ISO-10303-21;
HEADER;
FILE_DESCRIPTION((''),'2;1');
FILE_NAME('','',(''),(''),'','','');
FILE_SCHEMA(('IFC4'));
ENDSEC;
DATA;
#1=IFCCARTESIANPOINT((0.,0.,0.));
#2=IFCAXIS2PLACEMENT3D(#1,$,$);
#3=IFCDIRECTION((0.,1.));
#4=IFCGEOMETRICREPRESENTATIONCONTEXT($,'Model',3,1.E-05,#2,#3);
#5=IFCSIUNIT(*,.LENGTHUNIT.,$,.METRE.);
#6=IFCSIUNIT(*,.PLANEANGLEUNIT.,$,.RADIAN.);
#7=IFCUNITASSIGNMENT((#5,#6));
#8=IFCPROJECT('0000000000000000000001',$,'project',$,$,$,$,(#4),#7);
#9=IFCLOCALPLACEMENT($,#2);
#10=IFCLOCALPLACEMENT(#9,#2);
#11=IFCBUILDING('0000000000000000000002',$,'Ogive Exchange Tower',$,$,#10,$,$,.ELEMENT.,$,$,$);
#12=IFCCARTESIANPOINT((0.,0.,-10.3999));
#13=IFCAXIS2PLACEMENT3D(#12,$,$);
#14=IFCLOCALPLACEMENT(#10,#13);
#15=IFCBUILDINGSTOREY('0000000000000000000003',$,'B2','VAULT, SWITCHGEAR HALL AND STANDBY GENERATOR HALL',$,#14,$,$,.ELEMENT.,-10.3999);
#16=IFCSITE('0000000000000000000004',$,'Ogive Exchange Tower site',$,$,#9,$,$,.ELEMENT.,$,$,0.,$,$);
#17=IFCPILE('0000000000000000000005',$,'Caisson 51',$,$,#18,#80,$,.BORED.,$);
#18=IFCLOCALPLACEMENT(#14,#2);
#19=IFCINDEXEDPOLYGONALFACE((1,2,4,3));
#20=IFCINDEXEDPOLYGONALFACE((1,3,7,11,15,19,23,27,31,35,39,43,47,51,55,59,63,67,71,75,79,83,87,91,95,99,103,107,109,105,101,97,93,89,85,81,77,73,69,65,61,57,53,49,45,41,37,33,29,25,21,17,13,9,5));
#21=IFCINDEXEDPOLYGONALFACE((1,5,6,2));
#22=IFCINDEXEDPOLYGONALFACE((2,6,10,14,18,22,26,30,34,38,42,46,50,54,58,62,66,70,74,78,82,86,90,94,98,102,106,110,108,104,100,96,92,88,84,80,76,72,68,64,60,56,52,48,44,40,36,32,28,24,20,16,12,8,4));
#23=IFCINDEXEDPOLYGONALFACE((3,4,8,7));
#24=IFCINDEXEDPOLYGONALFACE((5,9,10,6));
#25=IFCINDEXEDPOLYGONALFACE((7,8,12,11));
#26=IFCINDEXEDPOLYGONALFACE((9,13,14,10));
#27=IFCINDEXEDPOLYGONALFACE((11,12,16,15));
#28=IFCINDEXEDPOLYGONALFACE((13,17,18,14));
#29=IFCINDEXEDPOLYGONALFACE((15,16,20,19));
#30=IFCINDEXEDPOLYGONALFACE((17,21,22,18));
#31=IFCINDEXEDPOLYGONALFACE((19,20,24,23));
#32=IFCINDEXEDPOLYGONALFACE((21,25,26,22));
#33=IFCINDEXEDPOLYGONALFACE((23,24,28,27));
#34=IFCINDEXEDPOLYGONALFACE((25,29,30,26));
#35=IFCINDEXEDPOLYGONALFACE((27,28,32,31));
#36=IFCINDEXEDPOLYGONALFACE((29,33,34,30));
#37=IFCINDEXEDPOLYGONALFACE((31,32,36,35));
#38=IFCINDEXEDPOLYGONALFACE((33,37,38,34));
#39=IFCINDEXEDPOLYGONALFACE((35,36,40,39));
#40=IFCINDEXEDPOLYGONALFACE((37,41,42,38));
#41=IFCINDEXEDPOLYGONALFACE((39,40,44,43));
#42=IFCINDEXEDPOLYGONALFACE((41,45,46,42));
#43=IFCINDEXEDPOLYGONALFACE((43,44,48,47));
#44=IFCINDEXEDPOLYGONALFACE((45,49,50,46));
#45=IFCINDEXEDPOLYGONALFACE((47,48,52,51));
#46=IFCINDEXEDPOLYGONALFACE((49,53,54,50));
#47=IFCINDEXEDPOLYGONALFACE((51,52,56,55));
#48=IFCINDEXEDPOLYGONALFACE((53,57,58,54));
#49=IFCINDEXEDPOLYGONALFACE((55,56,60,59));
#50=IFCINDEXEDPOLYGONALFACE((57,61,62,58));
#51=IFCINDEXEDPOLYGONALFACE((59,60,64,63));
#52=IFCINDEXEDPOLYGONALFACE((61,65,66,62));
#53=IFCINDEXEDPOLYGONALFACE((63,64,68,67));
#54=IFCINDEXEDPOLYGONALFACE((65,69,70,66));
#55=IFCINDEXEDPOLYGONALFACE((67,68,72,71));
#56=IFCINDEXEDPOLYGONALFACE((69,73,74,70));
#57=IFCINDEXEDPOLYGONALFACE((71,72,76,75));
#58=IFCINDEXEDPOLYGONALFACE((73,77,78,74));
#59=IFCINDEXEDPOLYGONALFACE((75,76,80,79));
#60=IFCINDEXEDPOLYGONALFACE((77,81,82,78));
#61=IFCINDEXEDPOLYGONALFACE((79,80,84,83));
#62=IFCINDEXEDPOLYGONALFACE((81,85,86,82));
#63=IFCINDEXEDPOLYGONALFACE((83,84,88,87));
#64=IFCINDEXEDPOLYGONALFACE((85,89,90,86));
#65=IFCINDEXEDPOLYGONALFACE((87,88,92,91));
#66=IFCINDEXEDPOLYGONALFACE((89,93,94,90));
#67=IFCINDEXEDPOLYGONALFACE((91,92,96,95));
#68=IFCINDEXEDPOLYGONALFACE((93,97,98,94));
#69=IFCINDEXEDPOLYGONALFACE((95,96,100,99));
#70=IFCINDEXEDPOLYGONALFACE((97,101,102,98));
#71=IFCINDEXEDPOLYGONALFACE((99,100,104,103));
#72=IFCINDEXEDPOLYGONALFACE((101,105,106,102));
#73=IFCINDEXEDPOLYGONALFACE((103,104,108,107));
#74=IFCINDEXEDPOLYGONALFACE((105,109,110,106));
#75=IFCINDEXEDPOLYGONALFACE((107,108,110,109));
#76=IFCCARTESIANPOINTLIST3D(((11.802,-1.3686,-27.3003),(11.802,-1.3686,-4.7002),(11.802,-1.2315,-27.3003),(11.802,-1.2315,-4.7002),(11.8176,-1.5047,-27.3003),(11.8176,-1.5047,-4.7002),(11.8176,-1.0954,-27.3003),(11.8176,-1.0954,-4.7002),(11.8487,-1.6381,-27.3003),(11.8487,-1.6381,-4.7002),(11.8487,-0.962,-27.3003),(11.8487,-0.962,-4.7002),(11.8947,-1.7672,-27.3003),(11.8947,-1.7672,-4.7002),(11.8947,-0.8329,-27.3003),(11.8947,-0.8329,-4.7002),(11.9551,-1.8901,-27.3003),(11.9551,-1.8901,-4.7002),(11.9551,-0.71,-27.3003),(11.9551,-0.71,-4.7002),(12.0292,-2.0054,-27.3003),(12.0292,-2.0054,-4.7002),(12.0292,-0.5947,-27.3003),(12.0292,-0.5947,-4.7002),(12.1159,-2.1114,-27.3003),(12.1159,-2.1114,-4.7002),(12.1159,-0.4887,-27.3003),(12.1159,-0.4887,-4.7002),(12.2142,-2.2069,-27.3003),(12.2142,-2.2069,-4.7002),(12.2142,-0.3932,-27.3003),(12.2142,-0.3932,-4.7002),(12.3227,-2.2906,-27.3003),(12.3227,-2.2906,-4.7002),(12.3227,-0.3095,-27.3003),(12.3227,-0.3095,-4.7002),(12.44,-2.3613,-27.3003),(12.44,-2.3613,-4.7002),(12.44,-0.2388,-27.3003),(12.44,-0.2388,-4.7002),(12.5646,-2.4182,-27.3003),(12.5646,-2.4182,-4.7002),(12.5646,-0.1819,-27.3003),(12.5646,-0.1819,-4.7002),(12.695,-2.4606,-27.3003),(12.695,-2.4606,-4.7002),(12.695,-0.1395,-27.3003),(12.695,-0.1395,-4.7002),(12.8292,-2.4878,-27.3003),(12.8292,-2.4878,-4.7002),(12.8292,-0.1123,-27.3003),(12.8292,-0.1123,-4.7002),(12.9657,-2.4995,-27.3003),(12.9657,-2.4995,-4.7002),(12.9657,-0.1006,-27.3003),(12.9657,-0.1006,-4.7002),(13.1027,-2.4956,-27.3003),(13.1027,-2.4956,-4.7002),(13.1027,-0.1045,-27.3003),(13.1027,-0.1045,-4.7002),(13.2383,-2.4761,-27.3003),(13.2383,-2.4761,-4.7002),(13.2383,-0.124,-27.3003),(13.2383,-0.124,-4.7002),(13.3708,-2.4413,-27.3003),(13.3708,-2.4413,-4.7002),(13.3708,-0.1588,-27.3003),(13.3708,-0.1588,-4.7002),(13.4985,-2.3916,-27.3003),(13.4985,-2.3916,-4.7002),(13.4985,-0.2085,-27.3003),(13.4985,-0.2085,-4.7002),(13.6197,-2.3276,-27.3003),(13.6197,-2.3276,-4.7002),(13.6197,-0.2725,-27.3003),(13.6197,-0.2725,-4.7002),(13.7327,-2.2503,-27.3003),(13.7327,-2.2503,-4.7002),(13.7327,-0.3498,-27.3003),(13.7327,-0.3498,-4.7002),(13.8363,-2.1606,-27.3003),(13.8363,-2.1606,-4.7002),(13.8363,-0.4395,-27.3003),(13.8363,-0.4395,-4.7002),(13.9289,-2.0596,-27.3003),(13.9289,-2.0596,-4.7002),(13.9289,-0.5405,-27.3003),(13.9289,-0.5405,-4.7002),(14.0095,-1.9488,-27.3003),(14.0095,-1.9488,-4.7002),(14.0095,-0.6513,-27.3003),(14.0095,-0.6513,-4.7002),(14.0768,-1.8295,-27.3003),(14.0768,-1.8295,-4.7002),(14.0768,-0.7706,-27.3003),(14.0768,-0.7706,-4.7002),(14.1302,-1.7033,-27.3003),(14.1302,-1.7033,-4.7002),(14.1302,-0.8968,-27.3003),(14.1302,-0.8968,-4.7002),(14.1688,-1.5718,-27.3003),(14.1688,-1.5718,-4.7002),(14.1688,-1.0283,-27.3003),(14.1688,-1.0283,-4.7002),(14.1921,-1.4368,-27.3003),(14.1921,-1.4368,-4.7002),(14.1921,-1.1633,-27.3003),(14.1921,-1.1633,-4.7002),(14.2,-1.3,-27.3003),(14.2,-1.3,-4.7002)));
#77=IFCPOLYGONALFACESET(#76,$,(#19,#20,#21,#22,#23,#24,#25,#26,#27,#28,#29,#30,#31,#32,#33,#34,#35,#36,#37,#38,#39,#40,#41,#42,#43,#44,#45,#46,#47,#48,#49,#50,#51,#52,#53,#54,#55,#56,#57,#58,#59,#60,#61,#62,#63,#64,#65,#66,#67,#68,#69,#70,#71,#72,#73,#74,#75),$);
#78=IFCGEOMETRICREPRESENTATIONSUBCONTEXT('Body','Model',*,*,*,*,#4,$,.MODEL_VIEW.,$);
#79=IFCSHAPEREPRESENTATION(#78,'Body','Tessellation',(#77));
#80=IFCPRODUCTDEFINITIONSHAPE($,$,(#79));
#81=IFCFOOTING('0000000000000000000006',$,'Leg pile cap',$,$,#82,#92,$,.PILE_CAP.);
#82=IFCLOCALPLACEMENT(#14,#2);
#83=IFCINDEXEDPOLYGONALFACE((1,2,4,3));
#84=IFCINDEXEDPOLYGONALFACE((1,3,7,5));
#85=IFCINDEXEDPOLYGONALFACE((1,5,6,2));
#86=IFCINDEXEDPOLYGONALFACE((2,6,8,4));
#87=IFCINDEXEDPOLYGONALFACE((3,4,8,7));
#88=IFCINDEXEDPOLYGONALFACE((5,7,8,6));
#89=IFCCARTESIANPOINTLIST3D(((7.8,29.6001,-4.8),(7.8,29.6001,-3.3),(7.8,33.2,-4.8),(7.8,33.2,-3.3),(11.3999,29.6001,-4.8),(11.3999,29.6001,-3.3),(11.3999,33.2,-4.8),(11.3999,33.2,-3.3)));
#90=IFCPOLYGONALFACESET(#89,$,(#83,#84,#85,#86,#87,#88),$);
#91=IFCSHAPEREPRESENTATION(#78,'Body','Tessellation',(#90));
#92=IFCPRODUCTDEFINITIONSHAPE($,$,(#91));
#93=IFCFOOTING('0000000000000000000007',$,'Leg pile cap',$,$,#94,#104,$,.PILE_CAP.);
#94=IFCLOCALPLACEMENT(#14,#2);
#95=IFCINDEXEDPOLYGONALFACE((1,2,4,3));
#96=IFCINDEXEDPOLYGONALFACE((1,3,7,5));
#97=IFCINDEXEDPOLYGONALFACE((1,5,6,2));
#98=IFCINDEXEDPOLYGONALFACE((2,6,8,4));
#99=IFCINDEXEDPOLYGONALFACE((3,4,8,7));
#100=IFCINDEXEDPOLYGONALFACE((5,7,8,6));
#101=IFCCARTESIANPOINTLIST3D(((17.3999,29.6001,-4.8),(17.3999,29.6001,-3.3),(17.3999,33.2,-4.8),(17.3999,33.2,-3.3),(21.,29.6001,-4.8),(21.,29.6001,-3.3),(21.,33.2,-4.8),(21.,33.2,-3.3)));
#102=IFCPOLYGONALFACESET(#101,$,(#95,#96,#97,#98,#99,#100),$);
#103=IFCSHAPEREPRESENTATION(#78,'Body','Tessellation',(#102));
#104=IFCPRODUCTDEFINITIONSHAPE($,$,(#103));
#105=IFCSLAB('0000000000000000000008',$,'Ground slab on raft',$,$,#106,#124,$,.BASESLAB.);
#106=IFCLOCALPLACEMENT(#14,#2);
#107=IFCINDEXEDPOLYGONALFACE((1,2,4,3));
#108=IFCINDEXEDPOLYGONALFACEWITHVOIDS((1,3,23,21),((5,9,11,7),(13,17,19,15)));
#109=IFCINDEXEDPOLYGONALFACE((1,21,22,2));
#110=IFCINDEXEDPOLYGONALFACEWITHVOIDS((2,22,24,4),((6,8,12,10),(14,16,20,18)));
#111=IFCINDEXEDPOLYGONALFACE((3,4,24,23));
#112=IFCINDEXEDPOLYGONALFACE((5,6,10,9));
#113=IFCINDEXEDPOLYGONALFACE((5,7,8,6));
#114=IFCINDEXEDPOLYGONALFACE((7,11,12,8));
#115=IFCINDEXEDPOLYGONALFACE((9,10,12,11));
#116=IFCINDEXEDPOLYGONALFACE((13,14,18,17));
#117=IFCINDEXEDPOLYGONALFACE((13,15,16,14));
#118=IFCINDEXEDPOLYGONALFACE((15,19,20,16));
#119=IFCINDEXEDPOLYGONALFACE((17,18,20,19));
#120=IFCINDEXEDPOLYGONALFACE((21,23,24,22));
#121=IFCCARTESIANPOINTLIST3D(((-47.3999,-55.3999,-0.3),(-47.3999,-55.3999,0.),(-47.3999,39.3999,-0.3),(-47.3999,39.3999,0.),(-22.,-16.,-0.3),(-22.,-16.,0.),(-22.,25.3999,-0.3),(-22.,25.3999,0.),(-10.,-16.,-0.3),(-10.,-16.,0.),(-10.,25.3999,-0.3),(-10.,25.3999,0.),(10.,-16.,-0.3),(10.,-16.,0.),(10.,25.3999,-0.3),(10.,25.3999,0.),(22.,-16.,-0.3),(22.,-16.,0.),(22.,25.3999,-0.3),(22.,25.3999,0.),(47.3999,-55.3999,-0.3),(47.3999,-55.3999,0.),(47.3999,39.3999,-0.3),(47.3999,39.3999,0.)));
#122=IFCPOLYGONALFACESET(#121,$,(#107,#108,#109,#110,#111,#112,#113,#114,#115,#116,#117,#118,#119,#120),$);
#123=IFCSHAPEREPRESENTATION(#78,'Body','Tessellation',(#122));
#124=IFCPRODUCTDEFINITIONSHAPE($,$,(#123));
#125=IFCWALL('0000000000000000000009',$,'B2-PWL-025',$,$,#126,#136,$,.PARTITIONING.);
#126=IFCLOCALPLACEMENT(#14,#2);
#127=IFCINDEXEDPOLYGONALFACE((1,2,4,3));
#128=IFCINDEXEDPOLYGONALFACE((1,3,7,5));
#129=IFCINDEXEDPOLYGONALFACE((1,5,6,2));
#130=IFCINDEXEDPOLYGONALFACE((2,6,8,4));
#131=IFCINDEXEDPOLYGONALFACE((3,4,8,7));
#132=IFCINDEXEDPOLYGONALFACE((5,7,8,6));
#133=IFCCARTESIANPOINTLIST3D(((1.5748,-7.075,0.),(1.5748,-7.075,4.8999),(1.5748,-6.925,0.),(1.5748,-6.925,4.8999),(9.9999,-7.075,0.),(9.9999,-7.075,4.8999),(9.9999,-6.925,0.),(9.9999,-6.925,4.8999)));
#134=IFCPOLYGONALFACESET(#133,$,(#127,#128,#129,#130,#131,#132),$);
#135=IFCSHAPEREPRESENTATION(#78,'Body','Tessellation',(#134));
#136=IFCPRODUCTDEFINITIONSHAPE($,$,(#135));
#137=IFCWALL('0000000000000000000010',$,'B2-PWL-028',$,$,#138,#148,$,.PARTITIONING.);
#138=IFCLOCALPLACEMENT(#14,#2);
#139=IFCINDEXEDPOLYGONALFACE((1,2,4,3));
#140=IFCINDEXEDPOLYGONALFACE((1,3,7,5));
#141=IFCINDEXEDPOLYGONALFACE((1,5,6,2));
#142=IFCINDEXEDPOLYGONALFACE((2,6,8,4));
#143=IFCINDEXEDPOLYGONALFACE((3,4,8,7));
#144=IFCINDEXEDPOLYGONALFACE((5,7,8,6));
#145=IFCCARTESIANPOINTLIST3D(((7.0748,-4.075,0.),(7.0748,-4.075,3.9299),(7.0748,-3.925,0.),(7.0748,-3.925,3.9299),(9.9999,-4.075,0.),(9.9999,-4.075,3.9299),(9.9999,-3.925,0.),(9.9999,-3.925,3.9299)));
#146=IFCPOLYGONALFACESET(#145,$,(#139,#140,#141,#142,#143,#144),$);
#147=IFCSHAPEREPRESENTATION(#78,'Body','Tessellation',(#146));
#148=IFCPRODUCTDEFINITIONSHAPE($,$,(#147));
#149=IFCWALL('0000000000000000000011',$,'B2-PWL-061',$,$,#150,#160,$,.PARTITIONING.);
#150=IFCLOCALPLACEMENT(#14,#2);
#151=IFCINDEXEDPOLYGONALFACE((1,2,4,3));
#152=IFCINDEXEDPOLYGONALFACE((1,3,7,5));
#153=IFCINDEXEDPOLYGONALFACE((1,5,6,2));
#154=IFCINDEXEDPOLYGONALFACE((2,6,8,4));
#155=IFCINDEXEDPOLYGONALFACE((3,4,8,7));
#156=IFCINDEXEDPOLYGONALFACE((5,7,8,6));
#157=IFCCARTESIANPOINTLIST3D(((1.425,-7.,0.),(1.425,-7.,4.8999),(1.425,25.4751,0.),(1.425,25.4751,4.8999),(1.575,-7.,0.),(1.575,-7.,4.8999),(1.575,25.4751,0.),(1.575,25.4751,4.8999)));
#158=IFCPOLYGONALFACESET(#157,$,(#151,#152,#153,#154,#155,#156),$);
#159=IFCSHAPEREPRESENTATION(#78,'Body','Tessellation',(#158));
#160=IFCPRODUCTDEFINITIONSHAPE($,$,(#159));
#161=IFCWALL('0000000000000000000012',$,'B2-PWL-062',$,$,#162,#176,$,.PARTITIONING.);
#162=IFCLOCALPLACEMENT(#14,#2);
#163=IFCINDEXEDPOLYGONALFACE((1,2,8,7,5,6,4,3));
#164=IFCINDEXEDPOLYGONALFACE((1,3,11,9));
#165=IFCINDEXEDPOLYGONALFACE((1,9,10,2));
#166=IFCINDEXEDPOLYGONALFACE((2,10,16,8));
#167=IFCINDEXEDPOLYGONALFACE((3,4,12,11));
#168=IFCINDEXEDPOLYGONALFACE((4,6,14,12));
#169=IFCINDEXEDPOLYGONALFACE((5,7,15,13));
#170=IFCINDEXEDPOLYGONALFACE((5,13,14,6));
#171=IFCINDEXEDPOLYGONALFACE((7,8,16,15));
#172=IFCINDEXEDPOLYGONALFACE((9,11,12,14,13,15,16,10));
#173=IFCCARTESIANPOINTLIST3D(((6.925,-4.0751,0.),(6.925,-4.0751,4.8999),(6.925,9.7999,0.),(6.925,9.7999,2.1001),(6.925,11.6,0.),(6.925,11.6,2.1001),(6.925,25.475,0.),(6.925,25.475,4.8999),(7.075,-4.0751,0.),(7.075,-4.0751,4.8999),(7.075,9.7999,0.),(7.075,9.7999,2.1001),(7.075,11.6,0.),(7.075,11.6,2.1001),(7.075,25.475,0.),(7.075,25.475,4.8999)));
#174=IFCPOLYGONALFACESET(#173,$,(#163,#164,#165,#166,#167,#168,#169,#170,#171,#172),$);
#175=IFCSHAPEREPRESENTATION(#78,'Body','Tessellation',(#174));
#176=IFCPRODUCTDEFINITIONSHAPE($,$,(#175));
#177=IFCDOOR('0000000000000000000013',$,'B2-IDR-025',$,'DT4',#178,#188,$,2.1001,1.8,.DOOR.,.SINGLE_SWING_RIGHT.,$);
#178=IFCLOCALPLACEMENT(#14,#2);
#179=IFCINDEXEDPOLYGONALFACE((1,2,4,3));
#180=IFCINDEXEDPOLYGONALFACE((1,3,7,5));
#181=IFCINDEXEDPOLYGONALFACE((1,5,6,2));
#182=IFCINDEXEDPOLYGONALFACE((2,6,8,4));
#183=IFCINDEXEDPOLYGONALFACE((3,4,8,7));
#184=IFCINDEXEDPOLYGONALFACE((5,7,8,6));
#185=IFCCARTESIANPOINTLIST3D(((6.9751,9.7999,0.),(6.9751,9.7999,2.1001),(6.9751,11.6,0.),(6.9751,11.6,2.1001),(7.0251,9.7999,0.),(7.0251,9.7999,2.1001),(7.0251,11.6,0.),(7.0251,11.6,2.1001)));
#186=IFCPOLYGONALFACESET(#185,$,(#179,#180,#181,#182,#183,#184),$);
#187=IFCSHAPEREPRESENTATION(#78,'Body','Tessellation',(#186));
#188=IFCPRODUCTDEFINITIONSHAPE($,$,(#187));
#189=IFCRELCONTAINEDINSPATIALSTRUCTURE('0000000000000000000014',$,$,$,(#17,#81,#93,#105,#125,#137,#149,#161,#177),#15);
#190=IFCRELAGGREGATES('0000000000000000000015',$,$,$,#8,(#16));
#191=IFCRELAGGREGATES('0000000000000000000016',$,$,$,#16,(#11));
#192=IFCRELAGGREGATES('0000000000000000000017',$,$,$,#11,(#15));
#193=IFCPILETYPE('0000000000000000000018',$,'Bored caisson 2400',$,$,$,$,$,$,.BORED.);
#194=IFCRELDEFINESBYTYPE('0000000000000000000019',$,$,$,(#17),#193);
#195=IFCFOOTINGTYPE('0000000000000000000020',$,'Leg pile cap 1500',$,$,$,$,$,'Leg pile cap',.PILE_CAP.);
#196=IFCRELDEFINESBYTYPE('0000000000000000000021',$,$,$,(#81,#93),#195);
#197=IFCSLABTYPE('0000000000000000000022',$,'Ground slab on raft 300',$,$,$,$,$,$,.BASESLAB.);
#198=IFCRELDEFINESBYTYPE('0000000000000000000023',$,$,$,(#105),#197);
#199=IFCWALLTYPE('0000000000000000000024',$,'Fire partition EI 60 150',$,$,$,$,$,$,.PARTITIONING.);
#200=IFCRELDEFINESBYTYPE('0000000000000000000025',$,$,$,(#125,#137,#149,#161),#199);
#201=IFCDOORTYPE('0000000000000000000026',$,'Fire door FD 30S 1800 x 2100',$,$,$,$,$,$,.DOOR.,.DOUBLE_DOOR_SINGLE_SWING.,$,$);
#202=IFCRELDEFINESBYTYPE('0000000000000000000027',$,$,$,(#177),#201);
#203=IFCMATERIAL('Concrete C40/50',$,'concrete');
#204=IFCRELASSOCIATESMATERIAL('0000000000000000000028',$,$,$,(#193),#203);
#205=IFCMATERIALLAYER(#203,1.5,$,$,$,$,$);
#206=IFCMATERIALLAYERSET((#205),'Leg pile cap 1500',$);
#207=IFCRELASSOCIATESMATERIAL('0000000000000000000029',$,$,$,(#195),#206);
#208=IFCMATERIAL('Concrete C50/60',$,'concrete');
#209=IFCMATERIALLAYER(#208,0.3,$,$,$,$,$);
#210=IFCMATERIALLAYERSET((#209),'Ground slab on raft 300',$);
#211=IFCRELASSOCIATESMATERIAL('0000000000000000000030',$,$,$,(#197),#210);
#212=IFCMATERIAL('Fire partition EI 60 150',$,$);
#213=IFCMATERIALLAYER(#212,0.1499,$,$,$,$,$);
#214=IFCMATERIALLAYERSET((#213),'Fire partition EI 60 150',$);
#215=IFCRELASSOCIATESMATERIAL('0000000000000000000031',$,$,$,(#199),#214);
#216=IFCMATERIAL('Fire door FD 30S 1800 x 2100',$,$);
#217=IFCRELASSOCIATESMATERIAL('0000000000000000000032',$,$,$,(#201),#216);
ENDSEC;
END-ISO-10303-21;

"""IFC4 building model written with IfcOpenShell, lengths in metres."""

from ifc_helpers import new_model, si_unit, direction, frame, frame_2d, origin, origin_2d, place, context, subcontext, project, spatial, polyline, rectangle, circle, outline, extrude, material, layer, layer_set, material_profile, profile_set, type_object, element, fill, save


model = new_model("IFC4")

# Units and contexts
model_context = context("Model", 3, precision=1e-05, world=origin(), true_north=direction((0.0, 1.0)))
body_context = subcontext(model_context, "Body", "Model", "MODEL_VIEW")
ifc_project = project(units=[si_unit("LENGTHUNIT", "METRE"), si_unit("PLANEANGLEUNIT", "RADIAN")], contexts=[model_context])

# Site, building, storey
site_placement = place(None, origin())
site = spatial("IfcSite", under=ifc_project, at=site_placement, Name="Ogive Exchange Tower site", CompositionType="ELEMENT", RefElevation=0.0)
building_placement = place(site_placement, origin())
building = spatial("IfcBuilding", under=site, at=building_placement, Name="Ogive Exchange Tower", CompositionType="ELEMENT")
storey_placement = place(building_placement, frame((0.0, 0.0, -10.3999)))
storey = spatial("IfcBuildingStorey", under=building, at=storey_placement, Name="B2", Description="VAULT, SWITCHGEAR HALL AND STANDBY GENERATOR HALL", CompositionType="ELEMENT", Elevation=-10.3999)

# Pile
ifc_material_1 = material(Name="Concrete C40/50", Category="concrete")
ifc_material_profile = material_profile(ifc_material_1, circle(Radius=1.2, at=origin_2d()), Name="RC caisson 2400")
ifc_profile_set = profile_set([ifc_material_profile], Name="Concrete C40/50")
pile_type = type_object("IfcPileType", Name="Bored caisson 2400", PredefinedType="BORED", material=ifc_profile_set)
pile_placement = place(storey_placement, frame((13.0, -1.3, -4.7002), z_axis=(0.0, 0.0, -1.0), x_axis=(1.0, 0.0, 0.0)))
element("IfcPile", 1, at=pile_placement, inside=storey, type_object=pile_type, Name="Caisson 51", PredefinedType="BORED", context=body_context, shape_type="SweptSolid", body=[
    extrude(circle(Radius=1.2, at=origin_2d()), origin(), (0.0, 0.0, 1.0), 22.6001),
])

# Footings
ifc_layer_1 = layer(ifc_material_1, 1.5)
ifc_layer_set_1 = layer_set([ifc_layer_1], Name="Leg pile cap 1500")
footing_type = type_object("IfcFootingType", Name="Leg pile cap 1500", ElementType="Leg pile cap", PredefinedType="PILE_CAP", material=ifc_layer_set_1)
footing_1_placement = place(storey_placement, frame((0.0, 0.0, -4.8)))
element("IfcFooting", 2, at=footing_1_placement, inside=storey, type_object=footing_type, Name="Leg pile cap", PredefinedType="PILE_CAP", context=body_context, shape_type="SweptSolid", body=[
    extrude(outline(polyline([(11.3999, 29.6001), (11.3999, 33.2), (7.8, 33.2), (7.8, 29.6001), (11.3999, 29.6001)])), origin(), (0.0, 0.0, 1.0), 1.5),
])
footing_2_placement = place(storey_placement, frame((0.0, 0.0, -4.8)))
element("IfcFooting", 3, at=footing_2_placement, inside=storey, type_object=footing_type, Name="Leg pile cap", PredefinedType="PILE_CAP", context=body_context, shape_type="SweptSolid", body=[
    extrude(outline(polyline([(21.0, 29.6001), (21.0, 33.2), (17.3999, 33.2), (17.3999, 29.6001), (21.0, 29.6001)])), origin(), (0.0, 0.0, 1.0), 1.5),
])

# Slab
ifc_material_2 = material(Name="Concrete C50/60", Category="concrete")
ifc_layer_2 = layer(ifc_material_2, 0.3)
ifc_layer_set_2 = layer_set([ifc_layer_2], Name="Ground slab on raft 300")
slab_type = type_object("IfcSlabType", Name="Ground slab on raft 300", PredefinedType="BASESLAB", material=ifc_layer_set_2)
slab_placement = place(storey_placement, frame((0.0, 0.0, -0.3)))
element("IfcSlab", 4, at=slab_placement, inside=storey, type_object=slab_type, Name="Ground slab on raft", PredefinedType="BASESLAB", context=body_context, shape_type="SweptSolid", body=[
    extrude(outline(polyline([(-47.3999, -55.3999), (-47.3999, 39.3999), (47.3999, 39.3999), (47.3999, -55.3999), (-47.3999, -55.3999)]), holes=[polyline([(-10.0, 25.3999), (-22.0, 25.3999), (-22.0, -16.0), (-10.0, -16.0), (-10.0, 25.3999)]), polyline([(22.0, 25.3999), (10.0, 25.3999), (10.0, -16.0), (22.0, -16.0), (22.0, 25.3999)])]), origin(), (0.0, 0.0, 1.0), 0.3),
])

# Walls
ifc_material_3 = material(Name="Fire partition EI 60 150")
ifc_layer_3 = layer(ifc_material_3, 0.1499)
ifc_layer_set_3 = layer_set([ifc_layer_3], Name="Fire partition EI 60 150")
wall_type_1 = type_object("IfcWallType", Name="Fire partition EI 60 150", PredefinedType="PARTITIONING", material=ifc_layer_set_3)
wall_1_placement = place(storey_placement, frame((1.575, -7.0, 0.0), z_axis=(0.0, 0.0, 1.0), x_axis=(1.0, 0.0, 0.0)))
element("IfcWall", 5, at=wall_1_placement, inside=storey, type_object=wall_type_1, Name="B2-PWL-025", PredefinedType="PARTITIONING", context=body_context, shape_type="SweptSolid", body=[
    extrude(rectangle(XDim=8.425, YDim=0.1499, at=frame_2d((4.2124, 0.0))), origin(), (0.0, 0.0, 1.0), 4.8999),
])
wall_2_placement = place(storey_placement, frame((7.075, -4.0, 0.0), z_axis=(0.0, 0.0, 1.0), x_axis=(1.0, 0.0, 0.0)))
element("IfcWall", 6, at=wall_2_placement, inside=storey, type_object=wall_type_1, Name="B2-PWL-028", PredefinedType="PARTITIONING", context=body_context, shape_type="SweptSolid", body=[
    extrude(rectangle(XDim=2.925, YDim=0.1499, at=frame_2d((1.4624, 0.0))), origin(), (0.0, 0.0, 1.0), 3.9299),
])
wall_3_placement = place(storey_placement, frame((1.5, -7.0, 0.0), z_axis=(0.0, 0.0, 1.0), x_axis=(0.0, 1.0, 0.0)))
element("IfcWall", 7, at=wall_3_placement, inside=storey, type_object=wall_type_1, Name="B2-PWL-061", PredefinedType="PARTITIONING", context=body_context, shape_type="SweptSolid", body=[
    extrude(rectangle(XDim=32.4751, YDim=0.1499, at=frame_2d((16.2375, 0.0))), origin(), (0.0, 0.0, 1.0), 4.8999),
])

# Wall, opening, door
wall_4_placement = place(storey_placement, frame((7.0, -4.075, 0.0), z_axis=(0.0, 0.0, 1.0), x_axis=(0.0, 1.0, 0.0)))
wall_4 = element("IfcWall", 8, at=wall_4_placement, inside=storey, type_object=wall_type_1, Name="B2-PWL-062", PredefinedType="PARTITIONING", context=body_context, shape_type="SweptSolid", body=[
    extrude(rectangle(XDim=29.55, YDim=0.1499, at=frame_2d((14.7749, 0.0))), origin(), (0.0, 0.0, 1.0), 4.8999),
])
opening_1_placement = place(wall_4_placement, frame((13.875, 0.0, 0.0)))
opening_1 = element("IfcOpeningElement", 9, at=opening_1_placement, cuts=wall_4, PredefinedType="OPENING", context=body_context, shape_type="SweptSolid", body=[
    extrude(rectangle(XDim=1.8, YDim=2.1001, at=frame_2d((0.8999, 1.05))), frame((0.0, 0.085, 0.0), z_axis=(0.0, -1.0, 0.0), x_axis=(1.0, 0.0, 0.0)), (0.0, 0.0, 1.0), 0.1699),
])
ifc_material_4 = material(Name="Fire door FD 30S 1800 x 2100")
door_type_1 = type_object("IfcDoorType", Name="Fire door FD 30S 1800 x 2100", OperationType="DOUBLE_DOOR_SINGLE_SWING", PredefinedType="DOOR", material=ifc_material_4)
door_1_placement = place(opening_1_placement, origin())
door_1 = element("IfcDoor", 10, at=door_1_placement, inside=storey, type_object=door_type_1, Name="B2-IDR-025", ObjectType="DT4", OperationType="SINGLE_SWING_RIGHT", OverallHeight=2.1001, OverallWidth=1.8, PredefinedType="DOOR", context=body_context, shape_type="SweptSolid", body=[
    extrude(rectangle(XDim=1.8, YDim=2.1001, at=frame_2d((0.8999, 1.05))), frame((0.0, 0.0249, 0.0), z_axis=(0.0, -1.0, 0.0), x_axis=(1.0, 0.0, 0.0)), (0.0, 0.0, 1.0), 0.05),
])
fill(opening_1, door_1)

save(model, "model.ifc")
